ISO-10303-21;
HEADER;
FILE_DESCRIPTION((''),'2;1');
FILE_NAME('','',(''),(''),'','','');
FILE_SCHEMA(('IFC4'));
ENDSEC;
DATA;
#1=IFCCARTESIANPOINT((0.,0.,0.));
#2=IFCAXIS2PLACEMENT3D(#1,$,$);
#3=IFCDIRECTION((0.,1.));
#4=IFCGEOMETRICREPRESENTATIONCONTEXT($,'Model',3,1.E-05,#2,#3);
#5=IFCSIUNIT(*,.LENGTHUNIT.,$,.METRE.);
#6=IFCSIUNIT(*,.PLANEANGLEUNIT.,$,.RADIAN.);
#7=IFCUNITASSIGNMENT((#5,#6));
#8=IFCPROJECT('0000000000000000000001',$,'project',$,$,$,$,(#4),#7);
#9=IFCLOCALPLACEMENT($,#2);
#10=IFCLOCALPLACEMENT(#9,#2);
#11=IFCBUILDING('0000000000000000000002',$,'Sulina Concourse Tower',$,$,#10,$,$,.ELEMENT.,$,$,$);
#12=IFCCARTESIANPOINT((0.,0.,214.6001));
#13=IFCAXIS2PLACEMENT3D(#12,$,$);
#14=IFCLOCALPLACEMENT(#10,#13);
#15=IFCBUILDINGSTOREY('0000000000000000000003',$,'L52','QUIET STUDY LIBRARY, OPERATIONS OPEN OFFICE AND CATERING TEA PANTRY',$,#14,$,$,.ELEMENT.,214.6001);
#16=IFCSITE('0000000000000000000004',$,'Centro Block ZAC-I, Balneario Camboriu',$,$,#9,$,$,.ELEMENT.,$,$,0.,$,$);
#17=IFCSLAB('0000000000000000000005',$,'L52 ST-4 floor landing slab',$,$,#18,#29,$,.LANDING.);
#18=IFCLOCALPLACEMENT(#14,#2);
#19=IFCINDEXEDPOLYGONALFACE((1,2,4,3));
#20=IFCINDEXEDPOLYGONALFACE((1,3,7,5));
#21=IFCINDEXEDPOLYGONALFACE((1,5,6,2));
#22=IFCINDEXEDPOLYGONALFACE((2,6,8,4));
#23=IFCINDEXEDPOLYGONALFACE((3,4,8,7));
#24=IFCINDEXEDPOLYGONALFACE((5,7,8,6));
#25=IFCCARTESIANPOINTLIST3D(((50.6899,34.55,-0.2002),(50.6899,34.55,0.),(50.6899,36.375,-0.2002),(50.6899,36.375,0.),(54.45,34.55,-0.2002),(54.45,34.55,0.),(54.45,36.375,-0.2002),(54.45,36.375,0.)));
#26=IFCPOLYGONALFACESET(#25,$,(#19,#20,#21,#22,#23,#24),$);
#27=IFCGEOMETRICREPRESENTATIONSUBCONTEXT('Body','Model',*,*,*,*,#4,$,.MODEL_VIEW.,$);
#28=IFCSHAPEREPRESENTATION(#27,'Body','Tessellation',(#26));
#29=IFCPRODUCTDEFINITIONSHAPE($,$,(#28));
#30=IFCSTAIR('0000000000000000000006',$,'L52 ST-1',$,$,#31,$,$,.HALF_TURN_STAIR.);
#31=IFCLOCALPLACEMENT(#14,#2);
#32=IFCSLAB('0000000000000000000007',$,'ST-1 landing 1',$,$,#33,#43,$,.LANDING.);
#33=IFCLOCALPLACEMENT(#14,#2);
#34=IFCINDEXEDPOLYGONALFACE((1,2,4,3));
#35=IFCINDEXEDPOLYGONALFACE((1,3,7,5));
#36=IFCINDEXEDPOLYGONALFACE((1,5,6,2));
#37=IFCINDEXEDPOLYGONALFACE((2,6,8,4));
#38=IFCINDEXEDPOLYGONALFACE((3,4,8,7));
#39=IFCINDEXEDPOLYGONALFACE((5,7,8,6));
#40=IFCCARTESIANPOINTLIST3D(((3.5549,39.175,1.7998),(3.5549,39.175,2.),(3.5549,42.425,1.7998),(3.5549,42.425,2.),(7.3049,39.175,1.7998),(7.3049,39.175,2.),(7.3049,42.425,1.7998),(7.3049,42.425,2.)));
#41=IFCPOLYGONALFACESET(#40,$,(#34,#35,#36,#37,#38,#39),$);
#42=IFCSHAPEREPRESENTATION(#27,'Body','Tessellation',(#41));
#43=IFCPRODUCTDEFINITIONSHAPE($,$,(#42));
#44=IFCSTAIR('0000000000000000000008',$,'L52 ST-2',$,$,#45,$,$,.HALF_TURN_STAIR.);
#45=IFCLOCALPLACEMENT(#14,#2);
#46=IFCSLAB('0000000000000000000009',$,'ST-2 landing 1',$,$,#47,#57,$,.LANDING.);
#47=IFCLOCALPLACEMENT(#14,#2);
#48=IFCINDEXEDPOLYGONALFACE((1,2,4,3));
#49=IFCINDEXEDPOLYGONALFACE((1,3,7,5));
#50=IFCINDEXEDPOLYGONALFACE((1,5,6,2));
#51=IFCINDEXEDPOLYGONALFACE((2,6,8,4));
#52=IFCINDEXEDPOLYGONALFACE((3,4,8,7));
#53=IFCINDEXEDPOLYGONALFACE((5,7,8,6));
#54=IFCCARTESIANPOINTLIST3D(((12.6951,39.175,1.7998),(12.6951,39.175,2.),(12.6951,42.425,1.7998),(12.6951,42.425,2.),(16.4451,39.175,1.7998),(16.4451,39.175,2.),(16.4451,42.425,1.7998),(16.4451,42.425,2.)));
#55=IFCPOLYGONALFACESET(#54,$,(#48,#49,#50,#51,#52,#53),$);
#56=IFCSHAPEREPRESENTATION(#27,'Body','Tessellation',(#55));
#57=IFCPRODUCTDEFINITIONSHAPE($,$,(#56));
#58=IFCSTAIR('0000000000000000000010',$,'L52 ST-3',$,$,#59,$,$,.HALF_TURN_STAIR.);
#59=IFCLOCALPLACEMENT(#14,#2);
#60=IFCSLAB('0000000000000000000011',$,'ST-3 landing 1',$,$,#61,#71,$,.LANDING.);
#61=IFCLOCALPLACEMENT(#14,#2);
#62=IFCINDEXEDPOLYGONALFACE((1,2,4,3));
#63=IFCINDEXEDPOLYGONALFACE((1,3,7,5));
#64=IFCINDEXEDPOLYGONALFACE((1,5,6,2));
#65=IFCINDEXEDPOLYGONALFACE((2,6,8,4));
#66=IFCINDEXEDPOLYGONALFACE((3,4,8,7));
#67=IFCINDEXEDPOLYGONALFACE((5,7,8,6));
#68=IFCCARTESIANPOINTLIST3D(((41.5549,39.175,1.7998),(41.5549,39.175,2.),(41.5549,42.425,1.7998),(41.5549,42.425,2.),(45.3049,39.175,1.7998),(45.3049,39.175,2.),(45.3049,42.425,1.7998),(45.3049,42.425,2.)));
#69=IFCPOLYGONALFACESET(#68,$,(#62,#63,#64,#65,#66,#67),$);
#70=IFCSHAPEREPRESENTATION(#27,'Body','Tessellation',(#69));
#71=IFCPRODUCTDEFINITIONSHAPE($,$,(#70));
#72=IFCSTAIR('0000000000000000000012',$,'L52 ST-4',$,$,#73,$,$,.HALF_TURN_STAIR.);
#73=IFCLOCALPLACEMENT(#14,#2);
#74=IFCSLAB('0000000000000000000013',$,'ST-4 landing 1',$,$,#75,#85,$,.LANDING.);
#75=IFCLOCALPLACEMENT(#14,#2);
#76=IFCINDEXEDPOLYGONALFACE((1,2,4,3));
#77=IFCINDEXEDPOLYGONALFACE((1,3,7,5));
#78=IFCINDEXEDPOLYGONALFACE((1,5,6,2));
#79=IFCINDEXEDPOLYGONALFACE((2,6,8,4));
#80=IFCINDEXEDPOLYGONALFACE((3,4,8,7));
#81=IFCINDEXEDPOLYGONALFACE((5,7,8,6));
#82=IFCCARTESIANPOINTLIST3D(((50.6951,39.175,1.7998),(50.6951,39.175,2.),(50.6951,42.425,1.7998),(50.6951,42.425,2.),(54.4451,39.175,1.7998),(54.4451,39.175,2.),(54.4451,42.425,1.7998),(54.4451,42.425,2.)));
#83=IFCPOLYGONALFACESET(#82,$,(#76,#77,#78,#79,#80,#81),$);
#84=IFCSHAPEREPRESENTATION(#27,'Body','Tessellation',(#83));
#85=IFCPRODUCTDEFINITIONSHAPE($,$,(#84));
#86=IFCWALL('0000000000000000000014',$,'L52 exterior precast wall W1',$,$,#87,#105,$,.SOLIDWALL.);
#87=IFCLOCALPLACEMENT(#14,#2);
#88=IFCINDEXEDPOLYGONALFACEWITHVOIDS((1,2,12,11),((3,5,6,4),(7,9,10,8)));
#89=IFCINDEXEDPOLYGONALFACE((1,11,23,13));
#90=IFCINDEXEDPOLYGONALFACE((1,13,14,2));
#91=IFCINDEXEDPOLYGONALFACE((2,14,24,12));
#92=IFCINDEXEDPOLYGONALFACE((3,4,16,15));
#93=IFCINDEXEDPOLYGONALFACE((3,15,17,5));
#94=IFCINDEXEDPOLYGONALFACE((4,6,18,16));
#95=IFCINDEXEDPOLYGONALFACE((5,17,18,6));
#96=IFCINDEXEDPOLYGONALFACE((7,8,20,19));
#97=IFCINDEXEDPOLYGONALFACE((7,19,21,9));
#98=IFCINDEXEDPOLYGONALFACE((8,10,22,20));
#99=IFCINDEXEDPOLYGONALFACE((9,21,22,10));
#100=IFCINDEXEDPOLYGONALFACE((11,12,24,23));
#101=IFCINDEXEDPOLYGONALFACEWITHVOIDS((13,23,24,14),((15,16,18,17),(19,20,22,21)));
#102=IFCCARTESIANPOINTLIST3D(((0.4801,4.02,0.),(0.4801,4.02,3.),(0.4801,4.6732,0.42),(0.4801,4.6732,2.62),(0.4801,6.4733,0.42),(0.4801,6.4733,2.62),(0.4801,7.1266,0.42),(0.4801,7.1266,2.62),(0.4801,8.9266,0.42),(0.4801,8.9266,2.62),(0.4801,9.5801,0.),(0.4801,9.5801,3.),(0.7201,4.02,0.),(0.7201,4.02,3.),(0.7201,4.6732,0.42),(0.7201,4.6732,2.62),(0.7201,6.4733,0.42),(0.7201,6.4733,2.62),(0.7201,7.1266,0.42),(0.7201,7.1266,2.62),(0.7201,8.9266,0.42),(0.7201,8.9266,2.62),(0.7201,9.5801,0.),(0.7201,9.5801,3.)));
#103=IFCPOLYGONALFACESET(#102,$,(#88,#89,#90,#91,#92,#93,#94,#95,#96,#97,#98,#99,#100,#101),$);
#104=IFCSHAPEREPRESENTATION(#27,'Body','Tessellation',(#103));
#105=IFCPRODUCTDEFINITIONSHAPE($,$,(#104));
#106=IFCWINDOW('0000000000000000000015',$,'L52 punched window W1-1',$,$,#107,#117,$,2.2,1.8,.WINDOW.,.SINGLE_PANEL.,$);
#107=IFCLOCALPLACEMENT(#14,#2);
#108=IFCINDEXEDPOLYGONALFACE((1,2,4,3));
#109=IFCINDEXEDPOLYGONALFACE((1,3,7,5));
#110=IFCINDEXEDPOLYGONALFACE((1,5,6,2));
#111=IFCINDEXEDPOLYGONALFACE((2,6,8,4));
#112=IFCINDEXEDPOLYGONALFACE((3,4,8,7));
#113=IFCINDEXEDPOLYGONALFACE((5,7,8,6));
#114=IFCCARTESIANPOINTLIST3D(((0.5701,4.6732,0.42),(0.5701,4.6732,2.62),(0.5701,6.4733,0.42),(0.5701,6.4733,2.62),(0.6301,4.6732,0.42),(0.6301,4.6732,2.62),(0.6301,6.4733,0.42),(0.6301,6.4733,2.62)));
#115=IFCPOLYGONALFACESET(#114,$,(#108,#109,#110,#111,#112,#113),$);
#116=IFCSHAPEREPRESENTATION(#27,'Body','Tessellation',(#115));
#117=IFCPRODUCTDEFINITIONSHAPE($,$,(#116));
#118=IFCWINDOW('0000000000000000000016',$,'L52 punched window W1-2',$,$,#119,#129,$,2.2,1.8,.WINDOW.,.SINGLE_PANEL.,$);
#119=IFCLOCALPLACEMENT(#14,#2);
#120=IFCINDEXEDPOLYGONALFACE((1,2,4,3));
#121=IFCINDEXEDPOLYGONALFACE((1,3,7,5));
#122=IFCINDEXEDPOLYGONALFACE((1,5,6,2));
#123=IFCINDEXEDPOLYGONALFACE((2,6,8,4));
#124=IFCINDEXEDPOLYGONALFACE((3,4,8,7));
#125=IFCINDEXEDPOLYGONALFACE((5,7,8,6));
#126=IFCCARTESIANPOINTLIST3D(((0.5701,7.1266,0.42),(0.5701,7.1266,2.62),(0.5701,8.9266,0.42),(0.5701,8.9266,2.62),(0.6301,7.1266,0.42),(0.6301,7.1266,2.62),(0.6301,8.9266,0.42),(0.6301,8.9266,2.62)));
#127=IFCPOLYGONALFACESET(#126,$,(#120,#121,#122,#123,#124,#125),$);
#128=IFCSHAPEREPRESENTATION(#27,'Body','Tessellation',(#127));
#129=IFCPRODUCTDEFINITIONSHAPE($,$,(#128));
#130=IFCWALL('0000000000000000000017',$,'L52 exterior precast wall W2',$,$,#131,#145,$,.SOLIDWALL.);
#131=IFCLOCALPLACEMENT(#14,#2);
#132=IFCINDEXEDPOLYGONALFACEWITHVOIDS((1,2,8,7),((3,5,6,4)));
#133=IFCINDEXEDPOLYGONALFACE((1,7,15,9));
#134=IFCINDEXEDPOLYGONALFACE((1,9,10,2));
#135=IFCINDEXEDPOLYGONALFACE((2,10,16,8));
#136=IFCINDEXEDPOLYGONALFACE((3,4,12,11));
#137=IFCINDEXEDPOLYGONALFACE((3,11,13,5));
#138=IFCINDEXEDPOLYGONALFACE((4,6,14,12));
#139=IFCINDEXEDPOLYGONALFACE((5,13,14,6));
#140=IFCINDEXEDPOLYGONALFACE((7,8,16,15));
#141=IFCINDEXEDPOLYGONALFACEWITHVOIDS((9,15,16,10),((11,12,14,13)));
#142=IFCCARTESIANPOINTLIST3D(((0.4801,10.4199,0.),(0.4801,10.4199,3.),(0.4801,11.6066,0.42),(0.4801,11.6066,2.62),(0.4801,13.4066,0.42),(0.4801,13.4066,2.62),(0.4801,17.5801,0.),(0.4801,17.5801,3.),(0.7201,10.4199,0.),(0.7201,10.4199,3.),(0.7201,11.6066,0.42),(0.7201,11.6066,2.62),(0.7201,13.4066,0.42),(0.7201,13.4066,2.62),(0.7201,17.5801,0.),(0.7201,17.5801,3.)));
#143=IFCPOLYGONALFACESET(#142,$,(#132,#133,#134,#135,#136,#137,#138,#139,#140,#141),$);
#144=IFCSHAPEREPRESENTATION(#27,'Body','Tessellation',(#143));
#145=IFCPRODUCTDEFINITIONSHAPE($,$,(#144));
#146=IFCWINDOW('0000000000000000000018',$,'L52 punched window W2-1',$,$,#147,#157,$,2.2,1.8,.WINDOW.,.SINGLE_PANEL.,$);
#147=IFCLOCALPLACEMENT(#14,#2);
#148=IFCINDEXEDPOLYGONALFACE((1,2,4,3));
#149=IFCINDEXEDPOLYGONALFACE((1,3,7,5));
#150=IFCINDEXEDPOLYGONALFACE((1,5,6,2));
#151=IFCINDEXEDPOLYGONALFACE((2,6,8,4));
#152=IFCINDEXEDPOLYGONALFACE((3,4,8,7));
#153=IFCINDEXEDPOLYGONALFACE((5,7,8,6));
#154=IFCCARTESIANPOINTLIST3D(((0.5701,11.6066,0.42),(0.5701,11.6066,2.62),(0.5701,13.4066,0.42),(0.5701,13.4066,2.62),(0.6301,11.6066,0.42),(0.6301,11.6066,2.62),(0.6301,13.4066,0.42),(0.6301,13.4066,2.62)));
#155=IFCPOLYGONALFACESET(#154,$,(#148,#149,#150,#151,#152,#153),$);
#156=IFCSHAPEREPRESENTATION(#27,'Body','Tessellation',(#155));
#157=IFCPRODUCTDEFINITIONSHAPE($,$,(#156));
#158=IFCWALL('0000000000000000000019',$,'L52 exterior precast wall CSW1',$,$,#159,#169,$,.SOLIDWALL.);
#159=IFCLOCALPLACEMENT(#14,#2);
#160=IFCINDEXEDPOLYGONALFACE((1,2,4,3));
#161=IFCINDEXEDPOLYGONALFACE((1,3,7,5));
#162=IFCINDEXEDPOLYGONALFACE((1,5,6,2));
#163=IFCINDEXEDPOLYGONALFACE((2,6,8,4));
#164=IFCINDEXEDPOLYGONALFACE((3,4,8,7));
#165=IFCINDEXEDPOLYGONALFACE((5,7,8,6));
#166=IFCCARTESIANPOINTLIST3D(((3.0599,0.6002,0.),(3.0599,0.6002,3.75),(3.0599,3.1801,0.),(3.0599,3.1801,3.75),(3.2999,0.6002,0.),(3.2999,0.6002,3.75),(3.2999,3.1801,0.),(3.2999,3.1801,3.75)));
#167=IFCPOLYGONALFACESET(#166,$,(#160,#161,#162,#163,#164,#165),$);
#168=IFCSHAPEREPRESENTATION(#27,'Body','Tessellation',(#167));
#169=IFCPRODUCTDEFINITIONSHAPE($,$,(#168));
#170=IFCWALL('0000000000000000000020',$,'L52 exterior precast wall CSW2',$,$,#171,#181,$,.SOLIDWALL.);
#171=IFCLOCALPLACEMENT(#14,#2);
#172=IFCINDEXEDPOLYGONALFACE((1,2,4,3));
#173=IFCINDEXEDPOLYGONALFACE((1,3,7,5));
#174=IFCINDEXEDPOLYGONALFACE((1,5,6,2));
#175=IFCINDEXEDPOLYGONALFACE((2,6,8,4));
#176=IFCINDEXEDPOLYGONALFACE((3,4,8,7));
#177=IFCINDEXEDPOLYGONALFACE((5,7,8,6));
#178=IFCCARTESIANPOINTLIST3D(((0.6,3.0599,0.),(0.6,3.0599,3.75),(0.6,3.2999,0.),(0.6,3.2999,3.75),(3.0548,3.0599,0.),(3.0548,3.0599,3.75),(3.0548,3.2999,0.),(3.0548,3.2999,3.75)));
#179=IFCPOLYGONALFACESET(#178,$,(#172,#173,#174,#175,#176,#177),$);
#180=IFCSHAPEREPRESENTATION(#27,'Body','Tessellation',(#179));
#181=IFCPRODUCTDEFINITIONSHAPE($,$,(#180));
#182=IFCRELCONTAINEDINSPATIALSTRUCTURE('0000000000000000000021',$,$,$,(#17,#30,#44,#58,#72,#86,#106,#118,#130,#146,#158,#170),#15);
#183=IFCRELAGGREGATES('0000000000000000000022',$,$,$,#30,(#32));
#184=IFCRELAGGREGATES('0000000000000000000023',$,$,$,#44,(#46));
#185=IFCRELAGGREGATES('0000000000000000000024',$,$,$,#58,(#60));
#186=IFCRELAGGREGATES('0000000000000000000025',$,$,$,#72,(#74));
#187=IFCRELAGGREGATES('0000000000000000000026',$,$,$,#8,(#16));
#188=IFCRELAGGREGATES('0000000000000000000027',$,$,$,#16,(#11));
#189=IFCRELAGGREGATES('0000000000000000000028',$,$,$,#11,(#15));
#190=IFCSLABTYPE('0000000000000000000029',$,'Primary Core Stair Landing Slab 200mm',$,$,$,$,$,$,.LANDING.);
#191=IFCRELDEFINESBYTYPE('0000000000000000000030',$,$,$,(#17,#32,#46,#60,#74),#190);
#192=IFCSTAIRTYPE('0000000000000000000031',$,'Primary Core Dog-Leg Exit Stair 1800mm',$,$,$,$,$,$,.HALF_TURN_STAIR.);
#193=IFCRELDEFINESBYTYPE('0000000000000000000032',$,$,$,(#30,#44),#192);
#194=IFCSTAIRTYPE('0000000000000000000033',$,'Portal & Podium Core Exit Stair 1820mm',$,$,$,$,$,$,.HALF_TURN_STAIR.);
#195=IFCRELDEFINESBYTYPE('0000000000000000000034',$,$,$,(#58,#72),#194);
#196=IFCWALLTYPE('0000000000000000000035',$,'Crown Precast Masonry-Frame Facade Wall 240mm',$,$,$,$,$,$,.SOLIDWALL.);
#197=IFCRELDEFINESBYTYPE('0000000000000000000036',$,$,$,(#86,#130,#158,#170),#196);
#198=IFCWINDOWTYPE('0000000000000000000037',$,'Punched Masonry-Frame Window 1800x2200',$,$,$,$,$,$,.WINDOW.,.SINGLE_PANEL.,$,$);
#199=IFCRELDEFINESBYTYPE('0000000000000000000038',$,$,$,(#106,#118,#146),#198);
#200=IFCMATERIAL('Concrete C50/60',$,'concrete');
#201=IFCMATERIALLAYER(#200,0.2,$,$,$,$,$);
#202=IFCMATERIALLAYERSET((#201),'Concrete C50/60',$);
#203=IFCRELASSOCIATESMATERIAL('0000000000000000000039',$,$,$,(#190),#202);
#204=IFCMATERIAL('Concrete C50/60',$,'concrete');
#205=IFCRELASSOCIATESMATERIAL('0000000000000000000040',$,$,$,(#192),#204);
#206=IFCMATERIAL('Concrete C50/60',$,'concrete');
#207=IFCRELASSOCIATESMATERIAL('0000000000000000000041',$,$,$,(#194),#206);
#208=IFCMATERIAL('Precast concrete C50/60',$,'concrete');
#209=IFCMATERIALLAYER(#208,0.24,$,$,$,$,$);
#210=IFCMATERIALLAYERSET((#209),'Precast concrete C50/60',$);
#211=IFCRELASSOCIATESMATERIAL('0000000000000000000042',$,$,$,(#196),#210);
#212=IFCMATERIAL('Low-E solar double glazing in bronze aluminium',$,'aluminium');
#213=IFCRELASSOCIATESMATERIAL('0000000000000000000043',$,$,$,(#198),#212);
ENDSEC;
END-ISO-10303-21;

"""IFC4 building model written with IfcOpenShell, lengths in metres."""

from ifc_helpers import new_model, si_unit, direction, frame, frame_2d, origin, place, context, subcontext, project, spatial, polyline, rectangle, outline, extrude, material, layer, layer_set, type_object, element, fill, aggregate, save


model = new_model("IFC4")

# Units and contexts
model_context = context("Model", 3, precision=1e-05, world=origin(), true_north=direction((0.0, 1.0)))
body_context = subcontext(model_context, "Body", "Model", "MODEL_VIEW")
ifc_project = project(units=[si_unit("LENGTHUNIT", "METRE"), si_unit("PLANEANGLEUNIT", "RADIAN")], contexts=[model_context])

# Site, building, storey
site_placement = place(None, origin())
site = spatial("IfcSite", under=ifc_project, at=site_placement, Name="Centro Block ZAC-I, Balneario Camboriu", CompositionType="ELEMENT", RefElevation=0.0)
building_placement = place(site_placement, origin())
building = spatial("IfcBuilding", under=site, at=building_placement, Name="Sulina Concourse Tower", CompositionType="ELEMENT")
storey_placement = place(building_placement, frame((0.0, 0.0, 214.6001)))
storey = spatial("IfcBuildingStorey", under=building, at=storey_placement, Name="L52", Description="QUIET STUDY LIBRARY, OPERATIONS OPEN OFFICE AND CATERING TEA PANTRY", CompositionType="ELEMENT", Elevation=214.6001)

# Slab
ifc_material_1 = material(Name="Concrete C50/60", Category="concrete")
ifc_layer_1 = layer(ifc_material_1, 0.2)
ifc_layer_set_1 = layer_set([ifc_layer_1], Name="Concrete C50/60")
slab_type_1 = type_object("IfcSlabType", Name="Primary Core Stair Landing Slab 200mm", PredefinedType="LANDING", material=ifc_layer_set_1)
slab_1_placement = place(storey_placement, frame((0.0, 0.0, -0.2002)))
element("IfcSlab", 1, at=slab_1_placement, inside=storey, type_object=slab_type_1, Name="L52 ST-4 floor landing slab", PredefinedType="LANDING", context=body_context, shape_type="SweptSolid", body=[
    extrude(outline(polyline([(54.45, 34.55), (54.45, 36.375), (50.6899, 36.375), (50.6899, 34.55), (54.45, 34.55)])), origin(), (0.0, 0.0, 1.0), 0.2002),
])

# Stairs, slabs
ifc_material_2 = material(Name="Concrete C50/60", Category="concrete")
stair_type_1 = type_object("IfcStairType", Name="Primary Core Dog-Leg Exit Stair 1800mm", PredefinedType="HALF_TURN_STAIR", material=ifc_material_2)
stair_1_placement = place(storey_placement, origin())
stair_1 = element("IfcStair", 2, at=stair_1_placement, inside=storey, type_object=stair_type_1, Name="L52 ST-1", PredefinedType="HALF_TURN_STAIR")
slab_2_placement = place(storey_placement, frame((0.0, 0.0, 1.7998)))
slab_2 = element("IfcSlab", 3, at=slab_2_placement, type_object=slab_type_1, Name="ST-1 landing 1", PredefinedType="LANDING", context=body_context, shape_type="SweptSolid", body=[
    extrude(outline(polyline([(7.3049, 39.175), (7.3049, 42.425), (3.5549, 42.425), (3.5549, 39.175), (7.3049, 39.175)])), origin(), (0.0, 0.0, 1.0), 0.2002),
])
aggregate(stair_1, [slab_2])
stair_2_placement = place(storey_placement, origin())
stair_2 = element("IfcStair", 4, at=stair_2_placement, inside=storey, type_object=stair_type_1, Name="L52 ST-2", PredefinedType="HALF_TURN_STAIR")
slab_3_placement = place(storey_placement, frame((0.0, 0.0, 1.7998)))
slab_3 = element("IfcSlab", 5, at=slab_3_placement, type_object=slab_type_1, Name="ST-2 landing 1", PredefinedType="LANDING", context=body_context, shape_type="SweptSolid", body=[
    extrude(outline(polyline([(16.4451, 39.175), (16.4451, 42.425), (12.6951, 42.425), (12.6951, 39.175), (16.4451, 39.175)])), origin(), (0.0, 0.0, 1.0), 0.2002),
])
aggregate(stair_2, [slab_3])
ifc_material_3 = material(Name="Concrete C50/60", Category="concrete")
stair_type_2 = type_object("IfcStairType", Name="Portal & Podium Core Exit Stair 1820mm", PredefinedType="HALF_TURN_STAIR", material=ifc_material_3)
stair_3_placement = place(storey_placement, origin())
stair_3 = element("IfcStair", 6, at=stair_3_placement, inside=storey, type_object=stair_type_2, Name="L52 ST-3", PredefinedType="HALF_TURN_STAIR")
slab_4_placement = place(storey_placement, frame((0.0, 0.0, 1.7998)))
slab_4 = element("IfcSlab", 7, at=slab_4_placement, type_object=slab_type_1, Name="ST-3 landing 1", PredefinedType="LANDING", context=body_context, shape_type="SweptSolid", body=[
    extrude(outline(polyline([(45.3049, 39.175), (45.3049, 42.425), (41.5549, 42.425), (41.5549, 39.175), (45.3049, 39.175)])), origin(), (0.0, 0.0, 1.0), 0.2002),
])
aggregate(stair_3, [slab_4])
stair_4_placement = place(storey_placement, origin())
stair_4 = element("IfcStair", 8, at=stair_4_placement, inside=storey, type_object=stair_type_2, Name="L52 ST-4", PredefinedType="HALF_TURN_STAIR")
slab_5_placement = place(storey_placement, frame((0.0, 0.0, 1.7998)))
slab_5 = element("IfcSlab", 9, at=slab_5_placement, type_object=slab_type_1, Name="ST-4 landing 1", PredefinedType="LANDING", context=body_context, shape_type="SweptSolid", body=[
    extrude(outline(polyline([(54.4451, 39.175), (54.4451, 42.425), (50.6951, 42.425), (50.6951, 39.175), (54.4451, 39.175)])), origin(), (0.0, 0.0, 1.0), 0.2002),
])
aggregate(stair_4, [slab_5])

# Wall, openings, windows
ifc_material_4 = material(Name="Precast concrete C50/60", Category="concrete")
ifc_layer_2 = layer(ifc_material_4, 0.24)
ifc_layer_set_2 = layer_set([ifc_layer_2], Name="Precast concrete C50/60")
wall_type_1 = type_object("IfcWallType", Name="Crown Precast Masonry-Frame Facade Wall 240mm", PredefinedType="SOLIDWALL", material=ifc_layer_set_2)
wall_1_placement = place(storey_placement, frame((0.6001, 4.02, 0.0), z_axis=(0.0, 0.0, 1.0), x_axis=(0.0, 1.0, 0.0)))
wall_1 = element("IfcWall", 10, at=wall_1_placement, inside=storey, type_object=wall_type_1, Name="L52 exterior precast wall W1", PredefinedType="SOLIDWALL", context=body_context, shape_type="SweptSolid", body=[
    extrude(rectangle(XDim=5.5601, YDim=0.24, at=frame_2d((2.78, 0.0))), origin(), (0.0, 0.0, 1.0), 3.0),
])
opening_1_placement = place(wall_1_placement, frame((0.6533, 0.0, 0.4199)))
opening_1 = element("IfcOpeningElement", 11, at=opening_1_placement, cuts=wall_1, PredefinedType="OPENING", context=body_context, shape_type="SweptSolid", body=[
    extrude(rectangle(XDim=1.8, YDim=2.2, at=frame_2d((0.8999, 1.1001))), frame((0.0, 0.1299, 0.0), z_axis=(0.0, -1.0, 0.0), x_axis=(1.0, 0.0, 0.0)), (0.0, 0.0, 1.0), 0.26),
])
opening_2_placement = place(wall_1_placement, frame((3.1067, 0.0, 0.4199)))
opening_2 = element("IfcOpeningElement", 12, at=opening_2_placement, cuts=wall_1, PredefinedType="OPENING", context=body_context, shape_type="SweptSolid", body=[
    extrude(rectangle(XDim=1.8, YDim=2.2, at=frame_2d((0.8999, 1.1001))), frame((0.0, 0.1299, 0.0), z_axis=(0.0, -1.0, 0.0), x_axis=(1.0, 0.0, 0.0)), (0.0, 0.0, 1.0), 0.26),
])
ifc_material_5 = material(Name="Low-E solar double glazing in bronze aluminium", Category="aluminium")
window_type = type_object("IfcWindowType", Name="Punched Masonry-Frame Window 1800x2200", PartitioningType="SINGLE_PANEL", PredefinedType="WINDOW", material=ifc_material_5)
window_1_placement = place(opening_1_placement, origin())
window_1 = element("IfcWindow", 13, at=window_1_placement, inside=storey, type_object=window_type, Name="L52 punched window W1-1", OverallHeight=2.2, OverallWidth=1.8, PartitioningType="SINGLE_PANEL", PredefinedType="WINDOW", context=body_context, shape_type="SweptSolid", body=[
    extrude(rectangle(XDim=1.8, YDim=2.2, at=frame_2d((0.8999, 1.1001))), frame((0.0, 0.03, 0.0), z_axis=(0.0, -1.0, 0.0), x_axis=(1.0, 0.0, 0.0)), (0.0, 0.0, 1.0), 0.0601),
])
fill(opening_1, window_1)
window_2_placement = place(opening_2_placement, origin())
window_2 = element("IfcWindow", 14, at=window_2_placement, inside=storey, type_object=window_type, Name="L52 punched window W1-2", OverallHeight=2.2, OverallWidth=1.8, PartitioningType="SINGLE_PANEL", PredefinedType="WINDOW", context=body_context, shape_type="SweptSolid", body=[
    extrude(rectangle(XDim=1.8, YDim=2.2, at=frame_2d((0.8999, 1.1001))), frame((0.0, 0.03, 0.0), z_axis=(0.0, -1.0, 0.0), x_axis=(1.0, 0.0, 0.0)), (0.0, 0.0, 1.0), 0.0601),
])
fill(opening_2, window_2)

# Wall, opening, window
wall_2_placement = place(storey_placement, frame((0.6001, 10.4199, 0.0), z_axis=(0.0, 0.0, 1.0), x_axis=(0.0, 1.0, 0.0)))
wall_2 = element("IfcWall", 15, at=wall_2_placement, inside=storey, type_object=wall_type_1, Name="L52 exterior precast wall W2", PredefinedType="SOLIDWALL", context=body_context, shape_type="SweptSolid", body=[
    extrude(rectangle(XDim=7.1602, YDim=0.24, at=frame_2d((3.5801, 0.0))), origin(), (0.0, 0.0, 1.0), 3.0),
])
opening_3_placement = place(wall_2_placement, frame((1.1868, 0.0, 0.4199)))
opening_3 = element("IfcOpeningElement", 16, at=opening_3_placement, cuts=wall_2, PredefinedType="OPENING", context=body_context, shape_type="SweptSolid", body=[
    extrude(rectangle(XDim=1.8, YDim=2.2, at=frame_2d((0.8999, 1.1001))), frame((0.0, 0.1299, 0.0), z_axis=(0.0, -1.0, 0.0), x_axis=(1.0, 0.0, 0.0)), (0.0, 0.0, 1.0), 0.26),
])
window_3_placement = place(opening_3_placement, origin())
window_3 = element("IfcWindow", 17, at=window_3_placement, inside=storey, type_object=window_type, Name="L52 punched window W2-1", OverallHeight=2.2, OverallWidth=1.8, PartitioningType="SINGLE_PANEL", PredefinedType="WINDOW", context=body_context, shape_type="SweptSolid", body=[
    extrude(rectangle(XDim=1.8, YDim=2.2, at=frame_2d((0.8999, 1.1001))), frame((0.0, 0.03, 0.0), z_axis=(0.0, -1.0, 0.0), x_axis=(1.0, 0.0, 0.0)), (0.0, 0.0, 1.0), 0.0601),
])
fill(opening_3, window_3)

# Walls
wall_3_placement = place(storey_placement, frame((3.1799, 0.6001, 0.0), z_axis=(0.0, 0.0, 1.0), x_axis=(0.0, 1.0, 0.0)))
element("IfcWall", 18, at=wall_3_placement, inside=storey, type_object=wall_type_1, Name="L52 exterior precast wall CSW1", PredefinedType="SOLIDWALL", context=body_context, shape_type="SweptSolid", body=[
    extrude(rectangle(XDim=2.5798, YDim=0.24, at=frame_2d((1.29, 0.0))), origin(), (0.0, 0.0, 1.0), 3.75),
])
wall_4_placement = place(storey_placement, frame((3.0549, 3.1799, 0.0), z_axis=(0.0, 0.0, 1.0), x_axis=(-1.0, 0.0, 0.0)))
element("IfcWall", 19, at=wall_4_placement, inside=storey, type_object=wall_type_1, Name="L52 exterior precast wall CSW2", PredefinedType="SOLIDWALL", context=body_context, shape_type="SweptSolid", body=[
    extrude(rectangle(XDim=2.4548, YDim=0.24, at=frame_2d((1.2275, 0.0))), origin(), (0.0, 0.0, 1.0), 3.75),
])

save(model, "model.ifc")
